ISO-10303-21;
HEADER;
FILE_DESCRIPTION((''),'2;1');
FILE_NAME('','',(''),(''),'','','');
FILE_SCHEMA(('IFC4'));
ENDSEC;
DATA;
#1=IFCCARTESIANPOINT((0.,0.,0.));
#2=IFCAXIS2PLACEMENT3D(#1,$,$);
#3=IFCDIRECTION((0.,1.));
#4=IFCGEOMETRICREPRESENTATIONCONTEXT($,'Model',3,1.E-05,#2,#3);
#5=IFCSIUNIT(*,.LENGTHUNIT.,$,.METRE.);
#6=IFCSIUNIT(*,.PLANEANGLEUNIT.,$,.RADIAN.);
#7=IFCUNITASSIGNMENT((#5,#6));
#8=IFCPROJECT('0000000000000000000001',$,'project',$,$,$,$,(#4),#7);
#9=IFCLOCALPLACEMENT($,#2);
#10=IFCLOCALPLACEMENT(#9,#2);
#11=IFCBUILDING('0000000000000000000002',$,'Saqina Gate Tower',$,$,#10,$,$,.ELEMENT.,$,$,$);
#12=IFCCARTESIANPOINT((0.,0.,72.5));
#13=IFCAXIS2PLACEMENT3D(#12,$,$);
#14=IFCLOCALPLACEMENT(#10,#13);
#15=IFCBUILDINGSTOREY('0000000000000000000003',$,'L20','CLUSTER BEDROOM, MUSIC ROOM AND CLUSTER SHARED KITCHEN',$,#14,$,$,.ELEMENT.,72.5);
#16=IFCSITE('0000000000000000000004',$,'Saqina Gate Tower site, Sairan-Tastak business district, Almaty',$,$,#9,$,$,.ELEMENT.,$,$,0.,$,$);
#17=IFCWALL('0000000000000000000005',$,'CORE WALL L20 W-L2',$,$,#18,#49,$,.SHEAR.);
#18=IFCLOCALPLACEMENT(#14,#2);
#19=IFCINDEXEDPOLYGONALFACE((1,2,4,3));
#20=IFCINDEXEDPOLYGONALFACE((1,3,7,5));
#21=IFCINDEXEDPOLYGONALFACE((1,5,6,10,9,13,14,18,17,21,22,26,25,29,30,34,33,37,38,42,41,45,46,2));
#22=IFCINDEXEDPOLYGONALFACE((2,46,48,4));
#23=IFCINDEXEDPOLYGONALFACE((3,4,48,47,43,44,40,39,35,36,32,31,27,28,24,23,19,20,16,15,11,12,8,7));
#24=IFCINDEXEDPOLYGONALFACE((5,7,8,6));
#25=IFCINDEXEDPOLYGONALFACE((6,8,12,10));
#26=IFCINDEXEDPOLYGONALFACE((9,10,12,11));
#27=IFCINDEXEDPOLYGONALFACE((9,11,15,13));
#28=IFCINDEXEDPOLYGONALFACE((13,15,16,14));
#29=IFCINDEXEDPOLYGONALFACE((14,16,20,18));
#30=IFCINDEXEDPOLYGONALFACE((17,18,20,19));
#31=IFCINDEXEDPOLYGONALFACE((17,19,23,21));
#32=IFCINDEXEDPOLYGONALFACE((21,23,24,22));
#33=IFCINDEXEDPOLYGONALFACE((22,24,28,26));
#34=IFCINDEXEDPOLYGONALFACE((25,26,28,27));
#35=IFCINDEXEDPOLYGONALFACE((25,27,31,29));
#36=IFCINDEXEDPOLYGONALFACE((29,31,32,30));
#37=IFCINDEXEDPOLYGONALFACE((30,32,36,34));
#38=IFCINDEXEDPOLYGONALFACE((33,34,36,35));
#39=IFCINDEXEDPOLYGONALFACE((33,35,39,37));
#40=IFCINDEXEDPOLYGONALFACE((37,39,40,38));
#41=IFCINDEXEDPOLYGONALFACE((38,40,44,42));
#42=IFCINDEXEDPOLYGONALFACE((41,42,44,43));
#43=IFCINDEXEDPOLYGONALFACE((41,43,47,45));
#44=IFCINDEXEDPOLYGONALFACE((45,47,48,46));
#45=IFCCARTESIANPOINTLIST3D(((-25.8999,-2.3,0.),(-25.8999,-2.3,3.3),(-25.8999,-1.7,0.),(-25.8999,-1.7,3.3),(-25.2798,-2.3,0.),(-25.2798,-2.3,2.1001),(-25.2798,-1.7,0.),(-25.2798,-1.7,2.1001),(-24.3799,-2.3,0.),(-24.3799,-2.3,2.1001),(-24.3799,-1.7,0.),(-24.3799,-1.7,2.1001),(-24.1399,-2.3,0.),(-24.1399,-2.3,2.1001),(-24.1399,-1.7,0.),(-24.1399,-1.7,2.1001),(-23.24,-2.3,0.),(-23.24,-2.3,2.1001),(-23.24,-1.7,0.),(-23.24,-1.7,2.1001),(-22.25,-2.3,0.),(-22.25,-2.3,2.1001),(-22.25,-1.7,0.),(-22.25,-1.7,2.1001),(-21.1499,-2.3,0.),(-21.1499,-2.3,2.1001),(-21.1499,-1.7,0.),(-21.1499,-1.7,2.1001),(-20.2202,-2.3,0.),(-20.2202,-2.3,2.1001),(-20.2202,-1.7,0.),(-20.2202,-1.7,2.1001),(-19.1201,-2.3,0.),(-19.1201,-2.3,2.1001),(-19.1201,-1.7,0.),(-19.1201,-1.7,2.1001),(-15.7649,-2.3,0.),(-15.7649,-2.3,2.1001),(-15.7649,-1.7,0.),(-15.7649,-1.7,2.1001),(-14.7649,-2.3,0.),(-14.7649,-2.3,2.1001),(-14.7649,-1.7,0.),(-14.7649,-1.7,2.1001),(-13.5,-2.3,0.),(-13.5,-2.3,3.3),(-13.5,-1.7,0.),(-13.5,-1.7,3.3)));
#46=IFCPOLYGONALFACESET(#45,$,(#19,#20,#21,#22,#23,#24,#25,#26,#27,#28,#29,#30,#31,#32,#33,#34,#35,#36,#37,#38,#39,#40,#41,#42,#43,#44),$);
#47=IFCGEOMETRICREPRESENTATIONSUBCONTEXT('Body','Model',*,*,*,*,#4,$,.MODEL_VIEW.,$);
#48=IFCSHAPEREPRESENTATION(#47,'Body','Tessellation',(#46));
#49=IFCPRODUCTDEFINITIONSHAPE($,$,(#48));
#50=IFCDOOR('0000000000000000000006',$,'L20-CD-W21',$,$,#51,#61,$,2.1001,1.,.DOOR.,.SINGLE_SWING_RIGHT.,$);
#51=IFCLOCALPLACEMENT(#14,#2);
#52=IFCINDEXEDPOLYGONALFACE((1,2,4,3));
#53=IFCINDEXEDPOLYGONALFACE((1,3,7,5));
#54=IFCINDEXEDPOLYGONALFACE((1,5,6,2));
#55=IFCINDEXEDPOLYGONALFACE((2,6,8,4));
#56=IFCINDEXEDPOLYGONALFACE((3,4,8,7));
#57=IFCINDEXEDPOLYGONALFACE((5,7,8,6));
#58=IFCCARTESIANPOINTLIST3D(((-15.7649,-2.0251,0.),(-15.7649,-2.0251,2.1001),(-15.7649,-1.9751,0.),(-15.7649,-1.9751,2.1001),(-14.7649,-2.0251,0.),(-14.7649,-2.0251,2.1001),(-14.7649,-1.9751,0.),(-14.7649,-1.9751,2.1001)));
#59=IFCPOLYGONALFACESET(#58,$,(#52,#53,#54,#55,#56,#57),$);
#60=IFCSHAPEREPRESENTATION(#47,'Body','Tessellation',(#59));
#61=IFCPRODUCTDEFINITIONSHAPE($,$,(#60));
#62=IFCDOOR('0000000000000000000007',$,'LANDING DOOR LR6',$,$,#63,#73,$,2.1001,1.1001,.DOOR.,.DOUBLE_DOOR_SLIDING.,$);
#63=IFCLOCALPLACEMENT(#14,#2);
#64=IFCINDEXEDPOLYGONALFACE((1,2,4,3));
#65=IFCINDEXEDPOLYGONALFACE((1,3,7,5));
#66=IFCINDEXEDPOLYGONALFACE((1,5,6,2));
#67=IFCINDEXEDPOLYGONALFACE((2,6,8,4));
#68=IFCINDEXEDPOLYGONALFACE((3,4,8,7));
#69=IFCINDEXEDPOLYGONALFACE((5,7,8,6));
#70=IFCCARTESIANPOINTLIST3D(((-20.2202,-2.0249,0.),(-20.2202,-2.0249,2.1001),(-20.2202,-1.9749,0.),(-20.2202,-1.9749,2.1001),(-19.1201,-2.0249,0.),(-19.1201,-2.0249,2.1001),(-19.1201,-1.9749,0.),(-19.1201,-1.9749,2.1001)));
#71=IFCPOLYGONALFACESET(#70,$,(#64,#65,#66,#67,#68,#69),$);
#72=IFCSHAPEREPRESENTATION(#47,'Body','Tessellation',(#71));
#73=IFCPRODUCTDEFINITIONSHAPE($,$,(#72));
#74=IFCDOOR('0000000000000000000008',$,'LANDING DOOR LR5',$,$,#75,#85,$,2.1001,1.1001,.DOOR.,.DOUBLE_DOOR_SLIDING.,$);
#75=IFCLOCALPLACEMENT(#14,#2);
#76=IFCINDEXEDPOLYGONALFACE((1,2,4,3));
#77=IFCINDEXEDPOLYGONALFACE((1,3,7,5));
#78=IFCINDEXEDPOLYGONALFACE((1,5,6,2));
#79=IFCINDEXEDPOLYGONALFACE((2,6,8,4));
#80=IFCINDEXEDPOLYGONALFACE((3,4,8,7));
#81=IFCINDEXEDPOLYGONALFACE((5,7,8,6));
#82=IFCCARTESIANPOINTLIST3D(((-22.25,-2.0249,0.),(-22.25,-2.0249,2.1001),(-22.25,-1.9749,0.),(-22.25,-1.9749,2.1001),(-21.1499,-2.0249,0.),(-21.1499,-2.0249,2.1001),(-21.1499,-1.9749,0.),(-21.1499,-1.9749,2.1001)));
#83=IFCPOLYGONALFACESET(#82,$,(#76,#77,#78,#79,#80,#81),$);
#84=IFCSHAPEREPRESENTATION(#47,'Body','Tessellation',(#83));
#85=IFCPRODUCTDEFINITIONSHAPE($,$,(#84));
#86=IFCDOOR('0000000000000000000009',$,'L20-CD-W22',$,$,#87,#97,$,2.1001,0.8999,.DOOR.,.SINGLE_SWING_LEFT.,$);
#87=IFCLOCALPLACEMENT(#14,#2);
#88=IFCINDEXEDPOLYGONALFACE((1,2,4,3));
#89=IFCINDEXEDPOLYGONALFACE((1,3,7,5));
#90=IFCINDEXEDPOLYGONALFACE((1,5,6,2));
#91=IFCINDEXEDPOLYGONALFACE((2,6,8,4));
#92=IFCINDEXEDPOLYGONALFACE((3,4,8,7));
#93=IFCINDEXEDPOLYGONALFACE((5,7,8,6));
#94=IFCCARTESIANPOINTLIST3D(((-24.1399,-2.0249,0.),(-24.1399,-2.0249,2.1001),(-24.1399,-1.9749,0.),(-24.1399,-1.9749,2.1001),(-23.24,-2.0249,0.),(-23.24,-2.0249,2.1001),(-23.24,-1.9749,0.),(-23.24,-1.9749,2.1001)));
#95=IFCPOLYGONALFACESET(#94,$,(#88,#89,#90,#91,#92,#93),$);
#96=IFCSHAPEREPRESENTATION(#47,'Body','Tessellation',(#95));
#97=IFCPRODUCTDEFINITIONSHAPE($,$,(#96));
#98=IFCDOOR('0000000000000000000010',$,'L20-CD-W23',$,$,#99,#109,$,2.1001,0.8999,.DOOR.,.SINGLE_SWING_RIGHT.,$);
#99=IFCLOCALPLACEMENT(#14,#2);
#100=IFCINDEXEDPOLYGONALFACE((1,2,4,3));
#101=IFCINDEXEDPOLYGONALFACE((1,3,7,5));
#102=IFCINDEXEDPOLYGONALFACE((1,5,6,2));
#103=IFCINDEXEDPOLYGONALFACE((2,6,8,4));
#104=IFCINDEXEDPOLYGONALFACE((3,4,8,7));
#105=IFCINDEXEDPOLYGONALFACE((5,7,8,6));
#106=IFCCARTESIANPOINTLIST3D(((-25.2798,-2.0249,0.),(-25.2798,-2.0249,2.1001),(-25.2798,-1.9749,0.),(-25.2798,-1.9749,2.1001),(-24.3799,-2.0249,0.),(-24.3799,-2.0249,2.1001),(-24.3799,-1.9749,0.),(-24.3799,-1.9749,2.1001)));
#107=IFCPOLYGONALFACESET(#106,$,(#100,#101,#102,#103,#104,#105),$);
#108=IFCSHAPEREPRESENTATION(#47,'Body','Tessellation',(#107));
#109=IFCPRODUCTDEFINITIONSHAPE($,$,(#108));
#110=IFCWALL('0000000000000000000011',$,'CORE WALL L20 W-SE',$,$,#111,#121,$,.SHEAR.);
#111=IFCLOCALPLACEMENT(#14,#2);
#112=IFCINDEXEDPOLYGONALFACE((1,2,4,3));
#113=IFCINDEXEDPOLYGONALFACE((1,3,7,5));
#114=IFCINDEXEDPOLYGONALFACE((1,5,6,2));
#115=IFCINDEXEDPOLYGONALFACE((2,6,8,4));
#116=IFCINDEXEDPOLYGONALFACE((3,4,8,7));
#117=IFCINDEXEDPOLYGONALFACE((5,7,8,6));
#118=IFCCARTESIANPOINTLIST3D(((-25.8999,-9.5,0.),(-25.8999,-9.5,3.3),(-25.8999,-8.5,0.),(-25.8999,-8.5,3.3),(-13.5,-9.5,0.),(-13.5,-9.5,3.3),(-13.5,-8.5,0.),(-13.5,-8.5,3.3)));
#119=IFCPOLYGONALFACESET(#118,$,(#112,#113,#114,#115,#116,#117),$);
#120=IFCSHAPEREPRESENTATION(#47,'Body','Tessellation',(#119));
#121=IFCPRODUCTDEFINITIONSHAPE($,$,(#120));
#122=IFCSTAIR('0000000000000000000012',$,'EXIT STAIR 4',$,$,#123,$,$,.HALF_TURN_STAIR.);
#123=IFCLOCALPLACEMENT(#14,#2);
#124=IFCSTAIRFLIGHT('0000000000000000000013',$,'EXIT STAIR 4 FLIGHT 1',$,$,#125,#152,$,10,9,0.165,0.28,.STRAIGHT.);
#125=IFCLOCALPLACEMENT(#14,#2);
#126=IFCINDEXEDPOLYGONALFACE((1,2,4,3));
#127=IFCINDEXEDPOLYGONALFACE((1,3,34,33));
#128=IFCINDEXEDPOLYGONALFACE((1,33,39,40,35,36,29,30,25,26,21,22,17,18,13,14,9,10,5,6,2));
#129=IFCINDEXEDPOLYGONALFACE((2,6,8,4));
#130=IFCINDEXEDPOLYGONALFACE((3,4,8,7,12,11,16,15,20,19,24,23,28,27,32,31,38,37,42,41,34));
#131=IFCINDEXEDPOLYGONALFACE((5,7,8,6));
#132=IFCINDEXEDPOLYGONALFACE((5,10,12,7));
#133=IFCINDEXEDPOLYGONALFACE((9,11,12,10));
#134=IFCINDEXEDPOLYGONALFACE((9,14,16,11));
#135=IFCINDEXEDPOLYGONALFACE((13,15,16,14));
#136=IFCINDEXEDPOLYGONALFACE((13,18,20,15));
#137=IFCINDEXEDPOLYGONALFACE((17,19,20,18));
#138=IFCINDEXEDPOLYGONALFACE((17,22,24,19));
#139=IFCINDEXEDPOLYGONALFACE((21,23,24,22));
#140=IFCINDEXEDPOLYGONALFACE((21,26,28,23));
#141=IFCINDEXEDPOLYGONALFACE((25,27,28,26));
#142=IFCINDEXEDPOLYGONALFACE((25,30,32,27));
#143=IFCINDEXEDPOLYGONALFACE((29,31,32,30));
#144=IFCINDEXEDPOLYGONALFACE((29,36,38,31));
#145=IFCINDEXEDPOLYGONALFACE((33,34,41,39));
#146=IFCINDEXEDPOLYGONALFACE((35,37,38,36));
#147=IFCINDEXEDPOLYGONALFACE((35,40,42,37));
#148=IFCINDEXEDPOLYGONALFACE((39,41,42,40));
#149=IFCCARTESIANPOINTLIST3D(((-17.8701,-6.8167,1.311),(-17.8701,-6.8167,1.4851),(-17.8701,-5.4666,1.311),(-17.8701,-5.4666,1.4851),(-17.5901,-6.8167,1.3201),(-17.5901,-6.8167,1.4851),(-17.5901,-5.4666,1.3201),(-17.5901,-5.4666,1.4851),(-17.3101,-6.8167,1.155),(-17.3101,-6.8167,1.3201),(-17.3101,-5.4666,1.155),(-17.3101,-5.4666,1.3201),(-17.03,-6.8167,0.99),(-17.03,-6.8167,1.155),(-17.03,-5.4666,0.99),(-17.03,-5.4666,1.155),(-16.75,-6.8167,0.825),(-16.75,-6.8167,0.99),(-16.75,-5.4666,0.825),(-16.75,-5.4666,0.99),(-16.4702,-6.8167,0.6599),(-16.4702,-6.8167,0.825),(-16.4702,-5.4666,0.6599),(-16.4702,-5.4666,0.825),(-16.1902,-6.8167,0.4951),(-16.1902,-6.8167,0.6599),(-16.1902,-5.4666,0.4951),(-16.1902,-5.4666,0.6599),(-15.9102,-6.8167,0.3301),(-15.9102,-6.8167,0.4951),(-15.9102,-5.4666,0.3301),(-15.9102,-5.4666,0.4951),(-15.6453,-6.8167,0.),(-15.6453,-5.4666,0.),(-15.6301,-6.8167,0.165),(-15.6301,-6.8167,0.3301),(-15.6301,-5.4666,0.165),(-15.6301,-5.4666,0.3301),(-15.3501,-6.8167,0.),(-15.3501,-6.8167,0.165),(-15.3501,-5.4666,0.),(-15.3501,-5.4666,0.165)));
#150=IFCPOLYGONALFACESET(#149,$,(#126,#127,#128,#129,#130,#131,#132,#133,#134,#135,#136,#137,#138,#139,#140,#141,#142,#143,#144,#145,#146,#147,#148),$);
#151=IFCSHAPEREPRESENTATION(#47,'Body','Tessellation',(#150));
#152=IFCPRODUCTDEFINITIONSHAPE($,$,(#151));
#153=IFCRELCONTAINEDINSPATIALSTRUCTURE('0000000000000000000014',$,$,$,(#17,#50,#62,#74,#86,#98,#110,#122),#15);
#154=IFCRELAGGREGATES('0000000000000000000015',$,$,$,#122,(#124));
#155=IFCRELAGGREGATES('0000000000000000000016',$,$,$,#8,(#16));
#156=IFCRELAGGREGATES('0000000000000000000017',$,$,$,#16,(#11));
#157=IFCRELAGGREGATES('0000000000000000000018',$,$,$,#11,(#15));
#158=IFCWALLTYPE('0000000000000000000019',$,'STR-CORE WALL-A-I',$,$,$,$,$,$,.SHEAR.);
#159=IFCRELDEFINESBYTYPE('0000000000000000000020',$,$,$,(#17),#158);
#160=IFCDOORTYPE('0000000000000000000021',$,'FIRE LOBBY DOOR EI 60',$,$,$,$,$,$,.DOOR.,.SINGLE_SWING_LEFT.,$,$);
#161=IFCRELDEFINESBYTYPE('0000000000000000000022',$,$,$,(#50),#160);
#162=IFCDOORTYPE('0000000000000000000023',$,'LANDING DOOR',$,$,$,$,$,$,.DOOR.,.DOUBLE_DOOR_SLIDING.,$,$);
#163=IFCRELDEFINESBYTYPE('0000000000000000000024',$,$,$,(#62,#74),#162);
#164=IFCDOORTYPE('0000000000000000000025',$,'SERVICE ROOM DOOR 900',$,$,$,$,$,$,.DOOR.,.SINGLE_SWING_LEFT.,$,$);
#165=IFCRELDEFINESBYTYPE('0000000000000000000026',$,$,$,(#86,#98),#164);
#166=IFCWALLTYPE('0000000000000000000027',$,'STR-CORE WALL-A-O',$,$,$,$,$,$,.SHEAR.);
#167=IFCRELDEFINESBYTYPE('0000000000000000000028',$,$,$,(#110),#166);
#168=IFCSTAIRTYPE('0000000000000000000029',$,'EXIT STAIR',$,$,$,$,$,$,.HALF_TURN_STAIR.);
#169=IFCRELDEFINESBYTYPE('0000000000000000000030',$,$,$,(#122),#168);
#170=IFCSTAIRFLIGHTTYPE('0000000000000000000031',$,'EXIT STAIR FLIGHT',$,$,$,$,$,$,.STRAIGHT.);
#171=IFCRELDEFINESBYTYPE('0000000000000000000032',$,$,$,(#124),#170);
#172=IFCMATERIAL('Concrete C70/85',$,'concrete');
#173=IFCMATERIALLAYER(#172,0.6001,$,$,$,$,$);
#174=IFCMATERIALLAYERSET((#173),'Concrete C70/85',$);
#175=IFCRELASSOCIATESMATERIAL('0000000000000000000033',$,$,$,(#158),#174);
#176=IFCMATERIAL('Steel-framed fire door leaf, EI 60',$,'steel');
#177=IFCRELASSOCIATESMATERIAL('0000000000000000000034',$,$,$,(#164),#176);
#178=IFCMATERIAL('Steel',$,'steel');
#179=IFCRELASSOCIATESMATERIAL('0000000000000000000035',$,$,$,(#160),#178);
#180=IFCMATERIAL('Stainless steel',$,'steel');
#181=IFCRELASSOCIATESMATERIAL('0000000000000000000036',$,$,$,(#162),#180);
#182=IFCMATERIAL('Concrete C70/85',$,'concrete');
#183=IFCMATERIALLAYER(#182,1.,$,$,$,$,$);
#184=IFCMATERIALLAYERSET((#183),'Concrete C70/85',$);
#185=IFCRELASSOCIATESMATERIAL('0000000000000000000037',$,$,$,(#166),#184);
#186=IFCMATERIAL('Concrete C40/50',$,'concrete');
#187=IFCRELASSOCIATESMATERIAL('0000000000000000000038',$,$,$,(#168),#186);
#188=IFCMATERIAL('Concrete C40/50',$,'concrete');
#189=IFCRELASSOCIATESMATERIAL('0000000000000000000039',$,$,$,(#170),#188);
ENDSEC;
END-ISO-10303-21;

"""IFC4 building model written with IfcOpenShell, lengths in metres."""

from ifc_helpers import new_model, si_unit, direction, frame, frame_2d, origin, place, context, subcontext, project, spatial, polyline, rectangle, outline, extrude, material, layer, layer_set, type_object, element, fill, aggregate, save


model = new_model("IFC4")

# Units and contexts
model_context = context("Model", 3, precision=1e-05, world=origin(), true_north=direction((0.0, 1.0)))
body_context = subcontext(model_context, "Body", "Model", "MODEL_VIEW")
ifc_project = project(units=[si_unit("LENGTHUNIT", "METRE"), si_unit("PLANEANGLEUNIT", "RADIAN")], contexts=[model_context])

# Site, building, storey
site_placement = place(None, origin())
site = spatial("IfcSite", under=ifc_project, at=site_placement, Name="Saqina Gate Tower site, Sairan-Tastak business district, Almaty", CompositionType="ELEMENT", RefElevation=0.0)
building_placement = place(site_placement, origin())
building = spatial("IfcBuilding", under=site, at=building_placement, Name="Saqina Gate Tower", CompositionType="ELEMENT")
storey_placement = place(building_placement, frame((0.0, 0.0, 72.5)))
storey = spatial("IfcBuildingStorey", under=building, at=storey_placement, Name="L20", Description="CLUSTER BEDROOM, MUSIC ROOM AND CLUSTER SHARED KITCHEN", CompositionType="ELEMENT", Elevation=72.5)

# Wall, openings, doors
ifc_material_1 = material(Name="Concrete C70/85", Category="concrete")
ifc_layer_1 = layer(ifc_material_1, 0.6001)
ifc_layer_set_1 = layer_set([ifc_layer_1], Name="Concrete C70/85")
wall_type_1 = type_object("IfcWallType", Name="STR-CORE WALL-A-I", PredefinedType="SHEAR", material=ifc_layer_set_1)
ifc_material_2 = material(Name="Steel-framed fire door leaf, EI 60", Category="steel")
door_type_1 = type_object("IfcDoorType", Name="SERVICE ROOM DOOR 900", OperationType="SINGLE_SWING_LEFT", PredefinedType="DOOR", material=ifc_material_2)
wall_1_placement = place(storey_placement, frame((-13.5, -2.0, 0.0), z_axis=(0.0, 0.0, 1.0), x_axis=(-1.0, 0.0, 0.0)))
wall_1 = element("IfcWall", 1, at=wall_1_placement, inside=storey, type_object=wall_type_1, Name="CORE WALL L20 W-L2", PredefinedType="SHEAR", context=body_context, shape_type="SweptSolid", body=[
    extrude(rectangle(XDim=12.3999, YDim=0.6001, at=frame_2d((6.2, 0.0))), origin(), (0.0, 0.0, 1.0), 3.3),
])
opening_1_placement = place(wall_1_placement, frame((5.6201, 0.0, 0.0)))
opening_1 = element("IfcOpeningElement", 2, at=opening_1_placement, cuts=wall_1, PredefinedType="OPENING", context=body_context, shape_type="SweptSolid", body=[
    extrude(rectangle(XDim=1.1001, YDim=2.1001, at=frame_2d((0.55, 1.05))), frame((0.0, 0.312, 0.0), z_axis=(0.0, -1.0, 0.0), x_axis=(1.0, 0.0, 0.0)), (0.0, 0.0, 1.0), 0.624),
])
opening_2_placement = place(wall_1_placement, frame((7.6499, 0.0, 0.0)))
opening_2 = element("IfcOpeningElement", 3, at=opening_2_placement, cuts=wall_1, PredefinedType="OPENING", context=body_context, shape_type="SweptSolid", body=[
    extrude(rectangle(XDim=1.1001, YDim=2.1001, at=frame_2d((0.55, 1.05))), frame((0.0, 0.312, 0.0), z_axis=(0.0, -1.0, 0.0), x_axis=(1.0, 0.0, 0.0)), (0.0, 0.0, 1.0), 0.624),
])
opening_3_placement = place(wall_1_placement, frame((1.2649, 0.0, 0.0)))
opening_3 = element("IfcOpeningElement", 4, at=opening_3_placement, cuts=wall_1, PredefinedType="OPENING", context=body_context, shape_type="SweptSolid", body=[
    extrude(rectangle(XDim=1.0, YDim=2.1001, at=frame_2d((0.5, 1.05))), frame((0.0, 0.312, 0.0), z_axis=(0.0, -1.0, 0.0), x_axis=(1.0, 0.0, 0.0)), (0.0, 0.0, 1.0), 0.624),
])
opening_4_placement = place(wall_1_placement, frame((9.74, 0.0, 0.0)))
opening_4 = element("IfcOpeningElement", 5, at=opening_4_placement, cuts=wall_1, PredefinedType="OPENING", context=body_context, shape_type="SweptSolid", body=[
    extrude(rectangle(XDim=0.8999, YDim=2.1001, at=frame_2d((0.45, 1.05))), frame((0.0, 0.312, 0.0), z_axis=(0.0, -1.0, 0.0), x_axis=(1.0, 0.0, 0.0)), (0.0, 0.0, 1.0), 0.624),
])
opening_5_placement = place(wall_1_placement, frame((10.8799, 0.0, 0.0)))
opening_5 = element("IfcOpeningElement", 6, at=opening_5_placement, cuts=wall_1, PredefinedType="OPENING", context=body_context, shape_type="SweptSolid", body=[
    extrude(rectangle(XDim=0.8999, YDim=2.1001, at=frame_2d((0.45, 1.05))), frame((0.0, 0.312, 0.0), z_axis=(0.0, -1.0, 0.0), x_axis=(1.0, 0.0, 0.0)), (0.0, 0.0, 1.0), 0.624),
])
ifc_material_3 = material(Name="Steel", Category="steel")
door_type_2 = type_object("IfcDoorType", Name="FIRE LOBBY DOOR EI 60", OperationType="SINGLE_SWING_LEFT", PredefinedType="DOOR", material=ifc_material_3)
door_1_placement = place(opening_3_placement, frame((1.0, 0.0, 0.0), z_axis=(0.0, 0.0, 1.0), x_axis=(-1.0, 0.0, 0.0)))
door_1 = element("IfcDoor", 7, at=door_1_placement, inside=storey, type_object=door_type_2, Name="L20-CD-W21", OperationType="SINGLE_SWING_RIGHT", OverallHeight=2.1001, OverallWidth=1.0, PredefinedType="DOOR", context=body_context, shape_type="SweptSolid", body=[
    extrude(rectangle(XDim=1.0, YDim=2.1001, at=frame_2d((0.5, 1.05))), frame((0.0, 0.0249, 0.0), z_axis=(0.0, -1.0, 0.0), x_axis=(1.0, 0.0, 0.0)), (0.0, 0.0, 1.0), 0.05),
])
fill(opening_3, door_1)
ifc_material_4 = material(Name="Stainless steel", Category="steel")
door_type_3 = type_object("IfcDoorType", Name="LANDING DOOR", OperationType="DOUBLE_DOOR_SLIDING", PredefinedType="DOOR", material=ifc_material_4)
door_2_placement = place(opening_1_placement, origin())
door_2 = element("IfcDoor", 8, at=door_2_placement, inside=storey, type_object=door_type_3, Name="LANDING DOOR LR6", OperationType="DOUBLE_DOOR_SLIDING", OverallHeight=2.1001, OverallWidth=1.1001, PredefinedType="DOOR", context=body_context, shape_type="SweptSolid", body=[
    extrude(rectangle(XDim=1.1001, YDim=2.1001, at=frame_2d((0.55, 1.05))), frame((0.0, 0.0249, 0.0), z_axis=(0.0, -1.0, 0.0), x_axis=(1.0, 0.0, 0.0)), (0.0, 0.0, 1.0), 0.05),
])
fill(opening_1, door_2)
door_3_placement = place(opening_2_placement, origin())
door_3 = element("IfcDoor", 9, at=door_3_placement, inside=storey, type_object=door_type_3, Name="LANDING DOOR LR5", OperationType="DOUBLE_DOOR_SLIDING", OverallHeight=2.1001, OverallWidth=1.1001, PredefinedType="DOOR", context=body_context, shape_type="SweptSolid", body=[
    extrude(rectangle(XDim=1.1001, YDim=2.1001, at=frame_2d((0.55, 1.05))), frame((0.0, 0.0249, 0.0), z_axis=(0.0, -1.0, 0.0), x_axis=(1.0, 0.0, 0.0)), (0.0, 0.0, 1.0), 0.05),
])
fill(opening_2, door_3)
door_4_placement = place(opening_4_placement, origin())
door_4 = element("IfcDoor", 10, at=door_4_placement, inside=storey, type_object=door_type_1, Name="L20-CD-W22", OperationType="SINGLE_SWING_LEFT", OverallHeight=2.1001, OverallWidth=0.8999, PredefinedType="DOOR", context=body_context, shape_type="SweptSolid", body=[
    extrude(rectangle(XDim=0.8999, YDim=2.1001, at=frame_2d((0.45, 1.05))), frame((0.0, 0.0249, 0.0), z_axis=(0.0, -1.0, 0.0), x_axis=(1.0, 0.0, 0.0)), (0.0, 0.0, 1.0), 0.05),
])
fill(opening_4, door_4)
door_5_placement = place(opening_5_placement, origin())
door_5 = element("IfcDoor", 11, at=door_5_placement, inside=storey, type_object=door_type_1, Name="L20-CD-W23", OperationType="SINGLE_SWING_RIGHT", OverallHeight=2.1001, OverallWidth=0.8999, PredefinedType="DOOR", context=body_context, shape_type="SweptSolid", body=[
    extrude(rectangle(XDim=0.8999, YDim=2.1001, at=frame_2d((0.45, 1.05))), frame((0.0, 0.0249, 0.0), z_axis=(0.0, -1.0, 0.0), x_axis=(1.0, 0.0, 0.0)), (0.0, 0.0, 1.0), 0.05),
])
fill(opening_5, door_5)
ifc_material_5 = material(Name="Concrete C70/85", Category="concrete")
ifc_layer_2 = layer(ifc_material_5, 1.0)
ifc_layer_set_2 = layer_set([ifc_layer_2], Name="Concrete C70/85")
wall_type_2 = type_object("IfcWallType", Name="STR-CORE WALL-A-O", PredefinedType="SHEAR", material=ifc_layer_set_2)

# Wall
wall_2_placement = place(storey_placement, frame((-13.5, -9.0, 0.0), z_axis=(0.0, 0.0, 1.0), x_axis=(-1.0, 0.0, 0.0)))
element("IfcWall", 12, at=wall_2_placement, inside=storey, type_object=wall_type_2, Name="CORE WALL L20 W-SE", PredefinedType="SHEAR", context=body_context, shape_type="SweptSolid", body=[
    extrude(rectangle(XDim=12.3999, YDim=1.0, at=frame_2d((6.2, 0.0))), origin(), (0.0, 0.0, 1.0), 3.3),
])

# Stair, stair flight
ifc_material_6 = material(Name="Concrete C40/50", Category="concrete")
stair_type = type_object("IfcStairType", Name="EXIT STAIR", PredefinedType="HALF_TURN_STAIR", material=ifc_material_6)
stair_placement = place(storey_placement, origin())
stair = element("IfcStair", 13, at=stair_placement, inside=storey, type_object=stair_type, Name="EXIT STAIR 4", PredefinedType="HALF_TURN_STAIR")
ifc_material_7 = material(Name="Concrete C40/50", Category="concrete")
stair_flight_type = type_object("IfcStairFlightType", Name="EXIT STAIR FLIGHT", PredefinedType="STRAIGHT", material=ifc_material_7)
stair_flight_placement = place(storey_placement, frame((-15.3501, -6.1416, 0.0), z_axis=(0.0, 0.0, 1.0), x_axis=(-1.0, 0.0, 0.0)))
stair_flight = element("IfcStairFlight", 14, at=stair_flight_placement, type_object=stair_flight_type, Name="EXIT STAIR 4 FLIGHT 1", NumberOfRisers=10, NumberOfTreads=9, PredefinedType="STRAIGHT", RiserHeight=0.165, TreadLength=0.28, context=body_context, shape_type="SweptSolid", body=[
    extrude(outline(polyline([(0.0, 0.0), (0.0, 0.165), (0.28, 0.165), (0.28, 0.3301), (0.5601, 0.3301), (0.5601, 0.4951), (0.8401, 0.4951), (0.8401, 0.6599), (1.1201, 0.6599), (1.1201, 0.825), (1.3999, 0.825), (1.3999, 0.99), (1.6799, 0.99), (1.6799, 1.155), (1.96, 1.155), (1.96, 1.3201), (2.24, 1.3201), (2.24, 1.4851), (2.52, 1.4851), (2.52, 1.6499), (2.52, 1.311), (0.2952, 0.0), (0.0, 0.0)])), frame((0.0, 0.675, 0.0), z_axis=(0.0, -1.0, 0.0), x_axis=(1.0, 0.0, 0.0)), (0.0, 0.0, 1.0), 1.3501),
])
aggregate(stair, [stair_flight])

save(model, "model.ifc")
